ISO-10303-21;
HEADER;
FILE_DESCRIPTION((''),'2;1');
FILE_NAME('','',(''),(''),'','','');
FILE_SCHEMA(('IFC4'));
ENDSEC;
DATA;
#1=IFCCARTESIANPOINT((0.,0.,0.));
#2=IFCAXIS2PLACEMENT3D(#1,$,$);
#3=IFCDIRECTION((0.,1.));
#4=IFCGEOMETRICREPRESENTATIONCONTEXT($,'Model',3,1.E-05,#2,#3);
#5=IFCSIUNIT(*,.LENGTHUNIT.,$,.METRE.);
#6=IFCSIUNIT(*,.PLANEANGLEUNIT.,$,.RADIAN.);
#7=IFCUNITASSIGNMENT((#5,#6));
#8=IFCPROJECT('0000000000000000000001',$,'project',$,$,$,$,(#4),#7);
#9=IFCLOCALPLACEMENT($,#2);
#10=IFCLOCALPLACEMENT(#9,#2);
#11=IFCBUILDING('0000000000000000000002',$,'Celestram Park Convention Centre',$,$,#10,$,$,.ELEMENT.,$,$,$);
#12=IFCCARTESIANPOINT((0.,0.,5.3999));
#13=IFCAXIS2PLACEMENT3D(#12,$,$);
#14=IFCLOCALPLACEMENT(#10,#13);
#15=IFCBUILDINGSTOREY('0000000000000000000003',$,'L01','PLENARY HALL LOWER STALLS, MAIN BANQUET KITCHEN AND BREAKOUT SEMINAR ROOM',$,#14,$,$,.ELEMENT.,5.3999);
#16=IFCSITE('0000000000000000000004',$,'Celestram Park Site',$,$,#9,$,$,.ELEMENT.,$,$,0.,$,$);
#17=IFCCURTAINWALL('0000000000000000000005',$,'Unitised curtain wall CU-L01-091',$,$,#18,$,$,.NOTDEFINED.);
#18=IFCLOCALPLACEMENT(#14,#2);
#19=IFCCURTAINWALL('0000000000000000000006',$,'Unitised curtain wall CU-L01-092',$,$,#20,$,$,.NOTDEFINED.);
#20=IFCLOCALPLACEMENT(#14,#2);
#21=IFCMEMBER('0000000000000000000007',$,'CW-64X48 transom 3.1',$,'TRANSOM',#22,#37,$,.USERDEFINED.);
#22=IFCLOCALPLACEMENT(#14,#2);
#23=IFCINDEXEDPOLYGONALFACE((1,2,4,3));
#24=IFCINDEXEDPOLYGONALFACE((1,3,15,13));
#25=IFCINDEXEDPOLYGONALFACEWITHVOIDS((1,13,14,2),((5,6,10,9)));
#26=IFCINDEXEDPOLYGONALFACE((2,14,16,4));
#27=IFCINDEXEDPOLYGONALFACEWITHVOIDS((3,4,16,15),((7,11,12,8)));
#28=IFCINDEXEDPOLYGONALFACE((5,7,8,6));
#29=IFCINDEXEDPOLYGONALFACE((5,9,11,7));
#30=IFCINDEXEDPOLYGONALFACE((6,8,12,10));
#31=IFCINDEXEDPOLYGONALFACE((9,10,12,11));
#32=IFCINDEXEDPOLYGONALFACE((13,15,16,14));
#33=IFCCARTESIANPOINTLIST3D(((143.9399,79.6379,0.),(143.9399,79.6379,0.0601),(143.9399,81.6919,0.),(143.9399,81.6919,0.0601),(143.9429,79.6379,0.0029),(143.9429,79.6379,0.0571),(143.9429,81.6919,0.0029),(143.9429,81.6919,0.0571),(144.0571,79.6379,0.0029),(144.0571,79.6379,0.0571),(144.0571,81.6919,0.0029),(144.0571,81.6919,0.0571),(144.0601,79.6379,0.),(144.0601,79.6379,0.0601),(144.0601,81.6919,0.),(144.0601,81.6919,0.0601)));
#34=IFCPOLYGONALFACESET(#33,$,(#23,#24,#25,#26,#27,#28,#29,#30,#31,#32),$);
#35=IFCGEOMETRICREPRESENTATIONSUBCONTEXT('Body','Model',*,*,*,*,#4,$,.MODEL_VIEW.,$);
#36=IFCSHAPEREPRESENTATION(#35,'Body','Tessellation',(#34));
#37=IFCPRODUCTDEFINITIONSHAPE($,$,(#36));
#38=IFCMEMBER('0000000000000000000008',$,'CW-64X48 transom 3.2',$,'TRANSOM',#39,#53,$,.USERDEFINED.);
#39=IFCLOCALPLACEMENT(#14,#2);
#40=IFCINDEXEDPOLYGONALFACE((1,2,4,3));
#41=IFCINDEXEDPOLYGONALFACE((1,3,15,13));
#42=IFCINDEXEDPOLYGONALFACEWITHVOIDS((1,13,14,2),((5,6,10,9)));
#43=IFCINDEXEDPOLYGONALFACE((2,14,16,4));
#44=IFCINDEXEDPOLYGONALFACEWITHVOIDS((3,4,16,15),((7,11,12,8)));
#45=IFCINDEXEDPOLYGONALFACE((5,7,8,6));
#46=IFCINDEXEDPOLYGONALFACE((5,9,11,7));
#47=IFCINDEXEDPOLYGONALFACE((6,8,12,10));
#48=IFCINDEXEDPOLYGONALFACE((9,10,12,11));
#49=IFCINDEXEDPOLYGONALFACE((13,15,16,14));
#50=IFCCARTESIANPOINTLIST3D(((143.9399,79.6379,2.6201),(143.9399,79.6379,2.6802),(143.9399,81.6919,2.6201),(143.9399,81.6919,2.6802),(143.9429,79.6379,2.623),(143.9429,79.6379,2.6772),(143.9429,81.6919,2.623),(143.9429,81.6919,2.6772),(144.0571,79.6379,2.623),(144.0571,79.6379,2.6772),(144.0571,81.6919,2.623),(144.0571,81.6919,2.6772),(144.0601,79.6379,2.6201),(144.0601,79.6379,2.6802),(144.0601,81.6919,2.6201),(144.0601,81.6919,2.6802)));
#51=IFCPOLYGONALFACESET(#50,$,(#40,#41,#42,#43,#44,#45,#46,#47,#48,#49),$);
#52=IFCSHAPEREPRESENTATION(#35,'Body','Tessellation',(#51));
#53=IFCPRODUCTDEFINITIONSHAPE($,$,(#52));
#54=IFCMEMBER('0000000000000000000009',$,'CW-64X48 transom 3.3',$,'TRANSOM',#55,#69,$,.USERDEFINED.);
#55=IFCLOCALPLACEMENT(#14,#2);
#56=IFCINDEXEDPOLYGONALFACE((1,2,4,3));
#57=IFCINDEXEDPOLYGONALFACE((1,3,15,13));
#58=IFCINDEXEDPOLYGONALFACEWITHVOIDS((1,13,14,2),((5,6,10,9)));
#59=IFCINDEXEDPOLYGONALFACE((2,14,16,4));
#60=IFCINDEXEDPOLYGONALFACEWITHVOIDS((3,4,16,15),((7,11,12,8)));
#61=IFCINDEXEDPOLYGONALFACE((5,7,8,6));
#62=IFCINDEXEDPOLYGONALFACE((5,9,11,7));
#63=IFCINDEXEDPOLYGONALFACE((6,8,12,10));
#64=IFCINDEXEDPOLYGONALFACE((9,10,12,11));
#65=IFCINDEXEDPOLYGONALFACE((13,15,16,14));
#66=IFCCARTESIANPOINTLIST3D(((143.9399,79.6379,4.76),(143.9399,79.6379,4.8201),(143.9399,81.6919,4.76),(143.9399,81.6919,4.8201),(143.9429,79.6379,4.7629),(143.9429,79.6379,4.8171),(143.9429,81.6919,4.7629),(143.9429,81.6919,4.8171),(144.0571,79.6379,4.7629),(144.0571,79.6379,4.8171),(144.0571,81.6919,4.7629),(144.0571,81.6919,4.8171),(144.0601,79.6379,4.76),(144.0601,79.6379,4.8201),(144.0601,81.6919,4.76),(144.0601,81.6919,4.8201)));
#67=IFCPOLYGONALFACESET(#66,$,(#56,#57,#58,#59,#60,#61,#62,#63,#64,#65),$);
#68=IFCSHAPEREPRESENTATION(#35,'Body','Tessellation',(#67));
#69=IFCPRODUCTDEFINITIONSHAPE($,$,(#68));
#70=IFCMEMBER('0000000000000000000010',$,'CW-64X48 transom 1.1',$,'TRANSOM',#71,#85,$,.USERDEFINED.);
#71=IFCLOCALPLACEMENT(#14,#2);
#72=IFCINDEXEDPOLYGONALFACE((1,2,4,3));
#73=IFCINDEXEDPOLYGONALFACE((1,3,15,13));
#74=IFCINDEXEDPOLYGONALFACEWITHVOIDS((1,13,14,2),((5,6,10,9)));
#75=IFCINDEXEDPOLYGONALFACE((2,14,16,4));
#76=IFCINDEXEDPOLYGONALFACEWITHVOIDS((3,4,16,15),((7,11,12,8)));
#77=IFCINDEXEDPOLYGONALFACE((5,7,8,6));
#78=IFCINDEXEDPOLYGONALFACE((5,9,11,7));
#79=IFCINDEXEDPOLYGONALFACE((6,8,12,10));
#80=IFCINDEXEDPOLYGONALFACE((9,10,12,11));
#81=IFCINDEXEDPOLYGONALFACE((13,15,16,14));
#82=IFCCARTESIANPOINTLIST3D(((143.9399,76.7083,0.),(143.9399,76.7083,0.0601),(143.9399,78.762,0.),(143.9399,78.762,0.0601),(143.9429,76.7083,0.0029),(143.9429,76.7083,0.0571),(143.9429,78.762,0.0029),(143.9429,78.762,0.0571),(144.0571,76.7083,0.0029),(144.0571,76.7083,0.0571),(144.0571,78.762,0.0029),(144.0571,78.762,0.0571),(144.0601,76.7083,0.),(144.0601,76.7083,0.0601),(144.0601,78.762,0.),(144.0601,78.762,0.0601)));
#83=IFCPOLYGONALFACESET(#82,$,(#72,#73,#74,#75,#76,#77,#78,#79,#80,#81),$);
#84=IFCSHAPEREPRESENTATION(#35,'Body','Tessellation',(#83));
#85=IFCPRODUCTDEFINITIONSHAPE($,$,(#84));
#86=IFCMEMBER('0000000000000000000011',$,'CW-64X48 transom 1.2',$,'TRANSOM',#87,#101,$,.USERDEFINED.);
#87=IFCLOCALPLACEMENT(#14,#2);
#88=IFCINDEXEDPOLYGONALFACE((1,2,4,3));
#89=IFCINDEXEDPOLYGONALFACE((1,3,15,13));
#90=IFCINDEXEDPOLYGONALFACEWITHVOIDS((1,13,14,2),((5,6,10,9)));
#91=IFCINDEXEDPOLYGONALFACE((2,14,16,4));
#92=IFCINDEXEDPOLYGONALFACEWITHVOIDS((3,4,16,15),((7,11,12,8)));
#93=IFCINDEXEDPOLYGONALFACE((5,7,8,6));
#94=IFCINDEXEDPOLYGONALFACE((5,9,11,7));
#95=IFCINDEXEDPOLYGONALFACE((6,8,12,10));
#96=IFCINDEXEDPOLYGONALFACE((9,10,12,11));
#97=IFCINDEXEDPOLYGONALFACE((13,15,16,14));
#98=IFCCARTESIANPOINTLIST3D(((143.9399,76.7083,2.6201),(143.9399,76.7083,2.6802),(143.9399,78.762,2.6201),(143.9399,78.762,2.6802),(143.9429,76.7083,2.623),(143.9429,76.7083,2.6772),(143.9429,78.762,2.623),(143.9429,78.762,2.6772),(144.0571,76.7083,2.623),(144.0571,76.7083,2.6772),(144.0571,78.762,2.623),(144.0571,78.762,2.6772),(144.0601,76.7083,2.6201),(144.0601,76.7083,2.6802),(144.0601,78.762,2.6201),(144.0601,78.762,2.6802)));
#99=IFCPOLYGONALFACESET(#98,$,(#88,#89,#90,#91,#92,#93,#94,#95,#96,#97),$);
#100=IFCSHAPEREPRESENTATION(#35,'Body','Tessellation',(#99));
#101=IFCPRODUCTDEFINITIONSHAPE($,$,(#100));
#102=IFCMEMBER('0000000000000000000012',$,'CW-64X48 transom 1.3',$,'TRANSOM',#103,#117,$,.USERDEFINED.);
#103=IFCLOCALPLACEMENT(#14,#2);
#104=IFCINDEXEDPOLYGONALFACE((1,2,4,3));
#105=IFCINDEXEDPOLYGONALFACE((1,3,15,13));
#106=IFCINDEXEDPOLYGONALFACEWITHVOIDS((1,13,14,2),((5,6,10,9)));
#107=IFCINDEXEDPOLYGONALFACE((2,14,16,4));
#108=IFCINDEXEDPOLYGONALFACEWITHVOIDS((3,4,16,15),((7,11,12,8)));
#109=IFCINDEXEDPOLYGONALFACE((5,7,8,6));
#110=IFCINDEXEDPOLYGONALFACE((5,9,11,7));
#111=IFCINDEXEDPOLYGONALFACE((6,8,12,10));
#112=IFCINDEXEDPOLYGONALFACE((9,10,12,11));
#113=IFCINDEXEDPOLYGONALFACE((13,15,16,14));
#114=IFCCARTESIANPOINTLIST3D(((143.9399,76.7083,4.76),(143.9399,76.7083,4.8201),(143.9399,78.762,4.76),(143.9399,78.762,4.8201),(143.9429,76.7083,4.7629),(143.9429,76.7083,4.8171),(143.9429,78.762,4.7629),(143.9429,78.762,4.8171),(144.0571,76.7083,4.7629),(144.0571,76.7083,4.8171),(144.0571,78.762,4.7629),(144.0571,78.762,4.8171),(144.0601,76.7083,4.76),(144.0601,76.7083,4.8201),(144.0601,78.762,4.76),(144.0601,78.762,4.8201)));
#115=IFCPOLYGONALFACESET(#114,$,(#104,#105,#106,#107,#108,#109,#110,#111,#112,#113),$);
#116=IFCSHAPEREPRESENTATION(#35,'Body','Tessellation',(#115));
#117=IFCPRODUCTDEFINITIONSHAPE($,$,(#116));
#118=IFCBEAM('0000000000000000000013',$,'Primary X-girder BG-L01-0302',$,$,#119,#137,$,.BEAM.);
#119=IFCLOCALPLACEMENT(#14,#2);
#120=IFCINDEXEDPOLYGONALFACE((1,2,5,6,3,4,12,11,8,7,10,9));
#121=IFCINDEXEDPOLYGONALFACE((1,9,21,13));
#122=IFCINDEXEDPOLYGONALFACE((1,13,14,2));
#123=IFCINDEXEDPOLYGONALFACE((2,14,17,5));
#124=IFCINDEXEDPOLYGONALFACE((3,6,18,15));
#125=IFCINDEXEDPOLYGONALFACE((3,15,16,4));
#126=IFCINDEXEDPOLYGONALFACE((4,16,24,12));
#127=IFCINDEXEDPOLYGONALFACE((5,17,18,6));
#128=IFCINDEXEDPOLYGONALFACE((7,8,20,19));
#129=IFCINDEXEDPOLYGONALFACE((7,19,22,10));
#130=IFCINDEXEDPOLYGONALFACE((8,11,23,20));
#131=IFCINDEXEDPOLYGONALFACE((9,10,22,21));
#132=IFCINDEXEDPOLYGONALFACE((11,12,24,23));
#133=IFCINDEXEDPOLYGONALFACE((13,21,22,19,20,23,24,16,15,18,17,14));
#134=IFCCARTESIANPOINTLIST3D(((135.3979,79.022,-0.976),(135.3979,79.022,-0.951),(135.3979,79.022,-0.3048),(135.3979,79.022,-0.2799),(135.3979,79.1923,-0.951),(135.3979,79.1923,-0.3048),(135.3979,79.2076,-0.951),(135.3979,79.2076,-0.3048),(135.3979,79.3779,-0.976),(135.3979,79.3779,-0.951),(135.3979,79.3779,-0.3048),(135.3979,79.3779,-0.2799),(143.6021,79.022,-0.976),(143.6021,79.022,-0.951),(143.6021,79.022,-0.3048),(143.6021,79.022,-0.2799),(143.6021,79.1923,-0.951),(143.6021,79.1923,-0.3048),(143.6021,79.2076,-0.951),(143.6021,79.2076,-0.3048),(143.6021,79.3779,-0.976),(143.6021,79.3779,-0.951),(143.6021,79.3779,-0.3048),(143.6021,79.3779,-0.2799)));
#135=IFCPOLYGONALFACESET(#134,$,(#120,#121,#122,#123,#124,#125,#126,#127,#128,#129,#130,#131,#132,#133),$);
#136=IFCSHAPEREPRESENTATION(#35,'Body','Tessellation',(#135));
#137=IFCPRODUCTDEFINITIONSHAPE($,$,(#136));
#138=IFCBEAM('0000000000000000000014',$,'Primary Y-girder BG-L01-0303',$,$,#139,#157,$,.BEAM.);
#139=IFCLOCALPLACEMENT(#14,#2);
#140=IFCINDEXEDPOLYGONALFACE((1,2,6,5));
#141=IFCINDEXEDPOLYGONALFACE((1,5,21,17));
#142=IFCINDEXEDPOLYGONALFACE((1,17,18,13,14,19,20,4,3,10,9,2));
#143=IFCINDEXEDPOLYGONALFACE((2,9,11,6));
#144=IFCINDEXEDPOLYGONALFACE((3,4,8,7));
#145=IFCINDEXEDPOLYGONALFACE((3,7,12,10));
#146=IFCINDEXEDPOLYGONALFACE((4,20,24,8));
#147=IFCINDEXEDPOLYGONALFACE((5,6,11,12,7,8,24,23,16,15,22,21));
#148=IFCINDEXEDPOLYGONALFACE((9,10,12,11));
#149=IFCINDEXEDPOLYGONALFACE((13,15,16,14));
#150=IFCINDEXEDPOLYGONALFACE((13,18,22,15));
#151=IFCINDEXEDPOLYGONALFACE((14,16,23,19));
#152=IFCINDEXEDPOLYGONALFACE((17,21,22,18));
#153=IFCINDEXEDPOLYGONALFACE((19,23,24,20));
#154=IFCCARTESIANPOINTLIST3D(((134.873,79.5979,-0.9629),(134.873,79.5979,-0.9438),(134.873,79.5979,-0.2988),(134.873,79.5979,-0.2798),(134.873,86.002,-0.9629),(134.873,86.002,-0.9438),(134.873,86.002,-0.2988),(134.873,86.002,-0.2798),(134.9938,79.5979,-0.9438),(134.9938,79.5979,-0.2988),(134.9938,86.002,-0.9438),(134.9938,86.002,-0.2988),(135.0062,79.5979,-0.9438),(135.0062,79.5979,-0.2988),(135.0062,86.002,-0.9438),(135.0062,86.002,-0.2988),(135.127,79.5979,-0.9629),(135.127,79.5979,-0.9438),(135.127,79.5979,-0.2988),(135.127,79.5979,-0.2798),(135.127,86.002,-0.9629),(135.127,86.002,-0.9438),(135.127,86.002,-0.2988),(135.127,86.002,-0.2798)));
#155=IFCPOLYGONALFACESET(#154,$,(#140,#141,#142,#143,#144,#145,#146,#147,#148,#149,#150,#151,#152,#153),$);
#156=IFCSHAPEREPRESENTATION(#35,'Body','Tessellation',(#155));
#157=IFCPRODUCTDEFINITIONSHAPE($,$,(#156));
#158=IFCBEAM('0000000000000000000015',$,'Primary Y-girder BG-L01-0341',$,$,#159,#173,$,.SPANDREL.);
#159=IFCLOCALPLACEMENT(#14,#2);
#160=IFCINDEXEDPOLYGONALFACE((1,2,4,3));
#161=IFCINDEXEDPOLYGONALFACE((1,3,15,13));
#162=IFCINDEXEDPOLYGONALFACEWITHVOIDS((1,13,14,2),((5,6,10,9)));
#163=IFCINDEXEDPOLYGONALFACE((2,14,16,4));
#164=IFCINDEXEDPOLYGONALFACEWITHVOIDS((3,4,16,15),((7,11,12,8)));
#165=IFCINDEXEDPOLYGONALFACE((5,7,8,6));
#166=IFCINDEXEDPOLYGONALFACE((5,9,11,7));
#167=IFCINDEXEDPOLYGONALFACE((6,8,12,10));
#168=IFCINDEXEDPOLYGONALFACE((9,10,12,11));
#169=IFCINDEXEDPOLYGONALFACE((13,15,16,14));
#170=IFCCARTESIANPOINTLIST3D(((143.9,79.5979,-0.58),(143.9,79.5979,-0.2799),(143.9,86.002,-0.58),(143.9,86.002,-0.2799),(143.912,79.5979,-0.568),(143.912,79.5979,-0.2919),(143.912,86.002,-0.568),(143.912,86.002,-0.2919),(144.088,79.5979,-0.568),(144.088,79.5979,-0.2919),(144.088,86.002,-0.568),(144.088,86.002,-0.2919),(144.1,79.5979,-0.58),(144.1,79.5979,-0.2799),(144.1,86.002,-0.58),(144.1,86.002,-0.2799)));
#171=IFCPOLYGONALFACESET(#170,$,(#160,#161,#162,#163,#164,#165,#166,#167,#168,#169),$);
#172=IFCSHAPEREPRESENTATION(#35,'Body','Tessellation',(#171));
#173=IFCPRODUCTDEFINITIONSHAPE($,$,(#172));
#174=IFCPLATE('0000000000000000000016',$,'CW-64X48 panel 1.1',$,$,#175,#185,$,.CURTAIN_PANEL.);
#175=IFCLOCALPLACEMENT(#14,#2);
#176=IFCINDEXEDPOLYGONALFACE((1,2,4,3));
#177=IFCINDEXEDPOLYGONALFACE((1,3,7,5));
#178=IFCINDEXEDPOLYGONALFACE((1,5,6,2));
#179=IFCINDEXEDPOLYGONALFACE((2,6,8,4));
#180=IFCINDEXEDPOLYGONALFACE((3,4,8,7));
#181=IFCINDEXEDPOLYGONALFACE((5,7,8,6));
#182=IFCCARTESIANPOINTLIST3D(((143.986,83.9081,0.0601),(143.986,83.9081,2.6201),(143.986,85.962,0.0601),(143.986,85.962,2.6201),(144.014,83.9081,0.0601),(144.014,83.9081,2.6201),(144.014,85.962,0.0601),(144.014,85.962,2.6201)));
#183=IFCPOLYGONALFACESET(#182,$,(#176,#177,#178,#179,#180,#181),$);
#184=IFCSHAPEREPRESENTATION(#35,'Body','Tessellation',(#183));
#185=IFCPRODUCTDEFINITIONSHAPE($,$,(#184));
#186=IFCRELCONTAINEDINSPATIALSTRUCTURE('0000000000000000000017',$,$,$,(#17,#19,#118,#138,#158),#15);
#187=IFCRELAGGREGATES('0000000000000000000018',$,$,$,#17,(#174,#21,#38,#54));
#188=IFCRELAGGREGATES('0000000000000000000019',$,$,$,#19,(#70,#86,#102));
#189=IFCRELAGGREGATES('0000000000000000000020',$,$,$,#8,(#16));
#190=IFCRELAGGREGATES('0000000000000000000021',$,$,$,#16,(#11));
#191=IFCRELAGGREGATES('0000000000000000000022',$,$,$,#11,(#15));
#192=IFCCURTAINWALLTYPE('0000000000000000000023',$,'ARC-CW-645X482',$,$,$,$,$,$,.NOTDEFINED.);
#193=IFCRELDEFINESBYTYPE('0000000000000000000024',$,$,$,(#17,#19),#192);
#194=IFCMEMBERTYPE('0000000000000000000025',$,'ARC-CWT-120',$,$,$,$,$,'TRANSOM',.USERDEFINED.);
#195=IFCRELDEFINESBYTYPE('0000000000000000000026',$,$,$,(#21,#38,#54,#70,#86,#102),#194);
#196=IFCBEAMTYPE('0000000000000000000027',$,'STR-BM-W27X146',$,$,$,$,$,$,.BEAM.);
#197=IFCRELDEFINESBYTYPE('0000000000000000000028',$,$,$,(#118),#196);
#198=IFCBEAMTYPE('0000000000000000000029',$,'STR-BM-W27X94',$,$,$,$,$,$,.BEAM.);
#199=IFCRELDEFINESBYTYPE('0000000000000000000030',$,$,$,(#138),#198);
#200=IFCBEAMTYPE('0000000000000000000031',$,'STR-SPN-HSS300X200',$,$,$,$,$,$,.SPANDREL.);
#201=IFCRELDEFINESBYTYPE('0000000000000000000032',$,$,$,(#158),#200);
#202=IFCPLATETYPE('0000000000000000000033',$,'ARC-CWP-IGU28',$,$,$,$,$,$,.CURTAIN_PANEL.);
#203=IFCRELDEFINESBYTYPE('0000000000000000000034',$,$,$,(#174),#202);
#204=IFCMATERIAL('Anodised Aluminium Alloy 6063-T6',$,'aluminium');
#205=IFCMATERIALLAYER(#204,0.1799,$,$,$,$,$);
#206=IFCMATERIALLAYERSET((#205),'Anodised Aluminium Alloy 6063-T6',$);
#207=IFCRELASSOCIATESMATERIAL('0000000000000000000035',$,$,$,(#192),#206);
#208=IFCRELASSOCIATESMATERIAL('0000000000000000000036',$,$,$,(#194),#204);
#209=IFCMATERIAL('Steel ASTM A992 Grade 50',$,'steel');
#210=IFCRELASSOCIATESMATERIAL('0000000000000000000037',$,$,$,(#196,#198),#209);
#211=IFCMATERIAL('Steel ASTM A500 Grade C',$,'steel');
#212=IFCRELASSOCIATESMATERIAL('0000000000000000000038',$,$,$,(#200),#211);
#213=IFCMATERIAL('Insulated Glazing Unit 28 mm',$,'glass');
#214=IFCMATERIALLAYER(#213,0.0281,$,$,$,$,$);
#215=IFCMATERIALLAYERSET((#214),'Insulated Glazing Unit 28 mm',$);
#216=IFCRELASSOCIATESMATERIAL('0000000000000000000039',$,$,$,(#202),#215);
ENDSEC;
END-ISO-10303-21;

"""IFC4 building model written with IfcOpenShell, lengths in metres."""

from ifc_helpers import new_model, si_unit, direction, frame, origin, origin_2d, place, context, subcontext, project, spatial, rectangle, hollow_rectangle, i_section, extrude, material, layer, layer_set, material_profile, profile_set, type_object, element, aggregate, save


model = new_model("IFC4")

# Units and contexts
model_context = context("Model", 3, precision=1e-05, world=origin(), true_north=direction((0.0, 1.0)))
body_context = subcontext(model_context, "Body", "Model", "MODEL_VIEW")
ifc_project = project(units=[si_unit("LENGTHUNIT", "METRE"), si_unit("PLANEANGLEUNIT", "RADIAN")], contexts=[model_context])

# Site, building, storey
site_placement = place(None, origin())
site = spatial("IfcSite", under=ifc_project, at=site_placement, Name="Celestram Park Site", CompositionType="ELEMENT", RefElevation=0.0)
building_placement = place(site_placement, origin())
building = spatial("IfcBuilding", under=site, at=building_placement, Name="Celestram Park Convention Centre", CompositionType="ELEMENT")
storey_placement = place(building_placement, frame((0.0, 0.0, 5.3999)))
storey = spatial("IfcBuildingStorey", under=building, at=storey_placement, Name="L01", Description="PLENARY HALL LOWER STALLS, MAIN BANQUET KITCHEN AND BREAKOUT SEMINAR ROOM", CompositionType="ELEMENT", Elevation=5.3999)

# Curtain wall
ifc_material_1 = material(Name="Anodised Aluminium Alloy 6063-T6", Category="aluminium")
ifc_layer_1 = layer(ifc_material_1, 0.1799)
ifc_layer_set_1 = layer_set([ifc_layer_1], Name="Anodised Aluminium Alloy 6063-T6")
curtain_wall_type = type_object("IfcCurtainWallType", Name="ARC-CW-645X482", PredefinedType="NOTDEFINED", material=ifc_layer_set_1)
curtain_wall_1_placement = place(storey_placement, origin())
curtain_wall_1 = element("IfcCurtainWall", 1, at=curtain_wall_1_placement, inside=storey, type_object=curtain_wall_type, Name="Unitised curtain wall CU-L01-091", PredefinedType="NOTDEFINED")

# Curtain wall
curtain_wall_2_placement = place(storey_placement, origin())
curtain_wall_2 = element("IfcCurtainWall", 2, at=curtain_wall_2_placement, inside=storey, type_object=curtain_wall_type, Name="Unitised curtain wall CU-L01-092", PredefinedType="NOTDEFINED")

# Members
ifc_material_profile_1 = material_profile(ifc_material_1, hollow_rectangle(XDim=0.1201, YDim=0.0601, WallThickness=0.0029, at=origin_2d()), Name="ALU120X60X3")
ifc_profile_set_1 = profile_set([ifc_material_profile_1], Name="Anodised Aluminium Alloy 6063-T6")
member_type_1 = type_object("IfcMemberType", Name="ARC-CWT-120", ElementType="TRANSOM", PredefinedType="USERDEFINED", material=ifc_profile_set_1)
member_1_placement = place(storey_placement, frame((144.0, 81.6919, 0.03), z_axis=(0.0, -1.0, 0.0), x_axis=(1.0, 0.0, 0.0)))
member_1 = element("IfcMember", 3, at=member_1_placement, type_object=member_type_1, Name="CW-64X48 transom 3.1", ObjectType="TRANSOM", PredefinedType="USERDEFINED", context=body_context, shape_type="SweptSolid", body=[
    extrude(hollow_rectangle(XDim=0.1201, YDim=0.0601, WallThickness=0.0029, at=origin_2d()), origin(), (0.0, 0.0, 1.0), 2.054),
])
member_2_placement = place(storey_placement, frame((144.0, 81.6919, 2.6501), z_axis=(0.0, -1.0, 0.0), x_axis=(1.0, 0.0, 0.0)))
member_2 = element("IfcMember", 4, at=member_2_placement, type_object=member_type_1, Name="CW-64X48 transom 3.2", ObjectType="TRANSOM", PredefinedType="USERDEFINED", context=body_context, shape_type="SweptSolid", body=[
    extrude(hollow_rectangle(XDim=0.1201, YDim=0.0601, WallThickness=0.0029, at=origin_2d()), origin(), (0.0, 0.0, 1.0), 2.054),
])
member_3_placement = place(storey_placement, frame((144.0, 81.6919, 4.79), z_axis=(0.0, -1.0, 0.0), x_axis=(1.0, 0.0, 0.0)))
member_3 = element("IfcMember", 5, at=member_3_placement, type_object=member_type_1, Name="CW-64X48 transom 3.3", ObjectType="TRANSOM", PredefinedType="USERDEFINED", context=body_context, shape_type="SweptSolid", body=[
    extrude(hollow_rectangle(XDim=0.1201, YDim=0.0601, WallThickness=0.0029, at=origin_2d()), origin(), (0.0, 0.0, 1.0), 2.054),
])
member_4_placement = place(storey_placement, frame((144.0, 78.762, 0.03), z_axis=(0.0, -1.0, 0.0), x_axis=(1.0, 0.0, 0.0)))
member_4 = element("IfcMember", 6, at=member_4_placement, type_object=member_type_1, Name="CW-64X48 transom 1.1", ObjectType="TRANSOM", PredefinedType="USERDEFINED", context=body_context, shape_type="SweptSolid", body=[
    extrude(hollow_rectangle(XDim=0.1201, YDim=0.0601, WallThickness=0.0029, at=origin_2d()), origin(), (0.0, 0.0, 1.0), 2.0537),
])
member_5_placement = place(storey_placement, frame((144.0, 78.762, 2.6501), z_axis=(0.0, -1.0, 0.0), x_axis=(1.0, 0.0, 0.0)))
member_5 = element("IfcMember", 7, at=member_5_placement, type_object=member_type_1, Name="CW-64X48 transom 1.2", ObjectType="TRANSOM", PredefinedType="USERDEFINED", context=body_context, shape_type="SweptSolid", body=[
    extrude(hollow_rectangle(XDim=0.1201, YDim=0.0601, WallThickness=0.0029, at=origin_2d()), origin(), (0.0, 0.0, 1.0), 2.0537),
])
member_6_placement = place(storey_placement, frame((144.0, 78.762, 4.79), z_axis=(0.0, -1.0, 0.0), x_axis=(1.0, 0.0, 0.0)))
member_6 = element("IfcMember", 8, at=member_6_placement, type_object=member_type_1, Name="CW-64X48 transom 1.3", ObjectType="TRANSOM", PredefinedType="USERDEFINED", context=body_context, shape_type="SweptSolid", body=[
    extrude(hollow_rectangle(XDim=0.1201, YDim=0.0601, WallThickness=0.0029, at=origin_2d()), origin(), (0.0, 0.0, 1.0), 2.0537),
])

# Beams
ifc_material_2 = material(Name="Steel ASTM A992 Grade 50", Category="steel")
ifc_material_profile_2 = material_profile(ifc_material_2, i_section(OverallWidth=0.356, OverallDepth=0.696, WebThickness=0.0154, FlangeThickness=0.0249, at=origin_2d()), Name="W27X146")
ifc_profile_set_2 = profile_set([ifc_material_profile_2], Name="Steel ASTM A992 Grade 50")
beam_type_1 = type_object("IfcBeamType", Name="STR-BM-W27X146", PredefinedType="BEAM", material=ifc_profile_set_2)
beam_1_placement = place(storey_placement, frame((135.3979, 79.2, -0.6279), z_axis=(1.0, 0.0, 0.0), x_axis=(0.0, 1.0, 0.0)))
element("IfcBeam", 9, at=beam_1_placement, inside=storey, type_object=beam_type_1, Name="Primary X-girder BG-L01-0302", PredefinedType="BEAM", context=body_context, shape_type="SweptSolid", body=[
    extrude(i_section(OverallWidth=0.356, OverallDepth=0.696, WebThickness=0.0154, FlangeThickness=0.0249, at=origin_2d()), origin(), (0.0, 0.0, 1.0), 8.2041),
])
ifc_material_profile_3 = material_profile(ifc_material_2, i_section(OverallWidth=0.2539, OverallDepth=0.6831, WebThickness=0.0125, FlangeThickness=0.019, at=origin_2d()), Name="W27X94")
ifc_profile_set_3 = profile_set([ifc_material_profile_3], Name="Steel ASTM A992 Grade 50")
beam_type_2 = type_object("IfcBeamType", Name="STR-BM-W27X94", PredefinedType="BEAM", material=ifc_profile_set_3)
beam_2_placement = place(storey_placement, frame((135.0, 79.5979, -0.6213), z_axis=(0.0, 1.0, 0.0), x_axis=(-1.0, 0.0, 0.0)))
element("IfcBeam", 10, at=beam_2_placement, inside=storey, type_object=beam_type_2, Name="Primary Y-girder BG-L01-0303", PredefinedType="BEAM", context=body_context, shape_type="SweptSolid", body=[
    extrude(i_section(OverallWidth=0.2539, OverallDepth=0.6831, WebThickness=0.0125, FlangeThickness=0.019, at=origin_2d()), origin(), (0.0, 0.0, 1.0), 6.4041),
])
ifc_material_3 = material(Name="Steel ASTM A500 Grade C", Category="steel")
ifc_material_profile_4 = material_profile(ifc_material_3, hollow_rectangle(XDim=0.2, YDim=0.3, WallThickness=0.012, at=origin_2d()), Name="HSS300X200X12")
ifc_profile_set_4 = profile_set([ifc_material_profile_4], Name="Steel ASTM A500 Grade C")
beam_type_3 = type_object("IfcBeamType", Name="STR-SPN-HSS300X200", PredefinedType="SPANDREL", material=ifc_profile_set_4)
beam_3_placement = place(storey_placement, frame((144.0, 79.5979, -0.4299), z_axis=(0.0, 1.0, 0.0), x_axis=(-1.0, 0.0, 0.0)))
element("IfcBeam", 11, at=beam_3_placement, inside=storey, type_object=beam_type_3, Name="Primary Y-girder BG-L01-0341", PredefinedType="SPANDREL", context=body_context, shape_type="SweptSolid", body=[
    extrude(hollow_rectangle(XDim=0.2, YDim=0.3, WallThickness=0.012, at=origin_2d()), origin(), (0.0, 0.0, 1.0), 6.4041),
])

# Plate
ifc_material_4 = material(Name="Insulated Glazing Unit 28 mm", Category="glass")
ifc_layer_2 = layer(ifc_material_4, 0.0281)
ifc_layer_set_2 = layer_set([ifc_layer_2], Name="Insulated Glazing Unit 28 mm")
plate_type = type_object("IfcPlateType", Name="ARC-CWP-IGU28", PredefinedType="CURTAIN_PANEL", material=ifc_layer_set_2)
plate_1_placement = place(storey_placement, frame((144.0, 84.9351, 0.0601), z_axis=(0.0, 0.0, 1.0), x_axis=(0.0, -1.0, 0.0)))
plate_1 = element("IfcPlate", 12, at=plate_1_placement, type_object=plate_type, Name="CW-64X48 panel 1.1", PredefinedType="CURTAIN_PANEL", context=body_context, shape_type="SweptSolid", body=[
    extrude(rectangle(XDim=2.054, YDim=0.0281, at=origin_2d()), origin(), (0.0, 0.0, 1.0), 2.5601),
])
aggregate(curtain_wall_1, [plate_1, member_1, member_2, member_3])
aggregate(curtain_wall_2, [member_4, member_5, member_6])

save(model, "model.ifc")
